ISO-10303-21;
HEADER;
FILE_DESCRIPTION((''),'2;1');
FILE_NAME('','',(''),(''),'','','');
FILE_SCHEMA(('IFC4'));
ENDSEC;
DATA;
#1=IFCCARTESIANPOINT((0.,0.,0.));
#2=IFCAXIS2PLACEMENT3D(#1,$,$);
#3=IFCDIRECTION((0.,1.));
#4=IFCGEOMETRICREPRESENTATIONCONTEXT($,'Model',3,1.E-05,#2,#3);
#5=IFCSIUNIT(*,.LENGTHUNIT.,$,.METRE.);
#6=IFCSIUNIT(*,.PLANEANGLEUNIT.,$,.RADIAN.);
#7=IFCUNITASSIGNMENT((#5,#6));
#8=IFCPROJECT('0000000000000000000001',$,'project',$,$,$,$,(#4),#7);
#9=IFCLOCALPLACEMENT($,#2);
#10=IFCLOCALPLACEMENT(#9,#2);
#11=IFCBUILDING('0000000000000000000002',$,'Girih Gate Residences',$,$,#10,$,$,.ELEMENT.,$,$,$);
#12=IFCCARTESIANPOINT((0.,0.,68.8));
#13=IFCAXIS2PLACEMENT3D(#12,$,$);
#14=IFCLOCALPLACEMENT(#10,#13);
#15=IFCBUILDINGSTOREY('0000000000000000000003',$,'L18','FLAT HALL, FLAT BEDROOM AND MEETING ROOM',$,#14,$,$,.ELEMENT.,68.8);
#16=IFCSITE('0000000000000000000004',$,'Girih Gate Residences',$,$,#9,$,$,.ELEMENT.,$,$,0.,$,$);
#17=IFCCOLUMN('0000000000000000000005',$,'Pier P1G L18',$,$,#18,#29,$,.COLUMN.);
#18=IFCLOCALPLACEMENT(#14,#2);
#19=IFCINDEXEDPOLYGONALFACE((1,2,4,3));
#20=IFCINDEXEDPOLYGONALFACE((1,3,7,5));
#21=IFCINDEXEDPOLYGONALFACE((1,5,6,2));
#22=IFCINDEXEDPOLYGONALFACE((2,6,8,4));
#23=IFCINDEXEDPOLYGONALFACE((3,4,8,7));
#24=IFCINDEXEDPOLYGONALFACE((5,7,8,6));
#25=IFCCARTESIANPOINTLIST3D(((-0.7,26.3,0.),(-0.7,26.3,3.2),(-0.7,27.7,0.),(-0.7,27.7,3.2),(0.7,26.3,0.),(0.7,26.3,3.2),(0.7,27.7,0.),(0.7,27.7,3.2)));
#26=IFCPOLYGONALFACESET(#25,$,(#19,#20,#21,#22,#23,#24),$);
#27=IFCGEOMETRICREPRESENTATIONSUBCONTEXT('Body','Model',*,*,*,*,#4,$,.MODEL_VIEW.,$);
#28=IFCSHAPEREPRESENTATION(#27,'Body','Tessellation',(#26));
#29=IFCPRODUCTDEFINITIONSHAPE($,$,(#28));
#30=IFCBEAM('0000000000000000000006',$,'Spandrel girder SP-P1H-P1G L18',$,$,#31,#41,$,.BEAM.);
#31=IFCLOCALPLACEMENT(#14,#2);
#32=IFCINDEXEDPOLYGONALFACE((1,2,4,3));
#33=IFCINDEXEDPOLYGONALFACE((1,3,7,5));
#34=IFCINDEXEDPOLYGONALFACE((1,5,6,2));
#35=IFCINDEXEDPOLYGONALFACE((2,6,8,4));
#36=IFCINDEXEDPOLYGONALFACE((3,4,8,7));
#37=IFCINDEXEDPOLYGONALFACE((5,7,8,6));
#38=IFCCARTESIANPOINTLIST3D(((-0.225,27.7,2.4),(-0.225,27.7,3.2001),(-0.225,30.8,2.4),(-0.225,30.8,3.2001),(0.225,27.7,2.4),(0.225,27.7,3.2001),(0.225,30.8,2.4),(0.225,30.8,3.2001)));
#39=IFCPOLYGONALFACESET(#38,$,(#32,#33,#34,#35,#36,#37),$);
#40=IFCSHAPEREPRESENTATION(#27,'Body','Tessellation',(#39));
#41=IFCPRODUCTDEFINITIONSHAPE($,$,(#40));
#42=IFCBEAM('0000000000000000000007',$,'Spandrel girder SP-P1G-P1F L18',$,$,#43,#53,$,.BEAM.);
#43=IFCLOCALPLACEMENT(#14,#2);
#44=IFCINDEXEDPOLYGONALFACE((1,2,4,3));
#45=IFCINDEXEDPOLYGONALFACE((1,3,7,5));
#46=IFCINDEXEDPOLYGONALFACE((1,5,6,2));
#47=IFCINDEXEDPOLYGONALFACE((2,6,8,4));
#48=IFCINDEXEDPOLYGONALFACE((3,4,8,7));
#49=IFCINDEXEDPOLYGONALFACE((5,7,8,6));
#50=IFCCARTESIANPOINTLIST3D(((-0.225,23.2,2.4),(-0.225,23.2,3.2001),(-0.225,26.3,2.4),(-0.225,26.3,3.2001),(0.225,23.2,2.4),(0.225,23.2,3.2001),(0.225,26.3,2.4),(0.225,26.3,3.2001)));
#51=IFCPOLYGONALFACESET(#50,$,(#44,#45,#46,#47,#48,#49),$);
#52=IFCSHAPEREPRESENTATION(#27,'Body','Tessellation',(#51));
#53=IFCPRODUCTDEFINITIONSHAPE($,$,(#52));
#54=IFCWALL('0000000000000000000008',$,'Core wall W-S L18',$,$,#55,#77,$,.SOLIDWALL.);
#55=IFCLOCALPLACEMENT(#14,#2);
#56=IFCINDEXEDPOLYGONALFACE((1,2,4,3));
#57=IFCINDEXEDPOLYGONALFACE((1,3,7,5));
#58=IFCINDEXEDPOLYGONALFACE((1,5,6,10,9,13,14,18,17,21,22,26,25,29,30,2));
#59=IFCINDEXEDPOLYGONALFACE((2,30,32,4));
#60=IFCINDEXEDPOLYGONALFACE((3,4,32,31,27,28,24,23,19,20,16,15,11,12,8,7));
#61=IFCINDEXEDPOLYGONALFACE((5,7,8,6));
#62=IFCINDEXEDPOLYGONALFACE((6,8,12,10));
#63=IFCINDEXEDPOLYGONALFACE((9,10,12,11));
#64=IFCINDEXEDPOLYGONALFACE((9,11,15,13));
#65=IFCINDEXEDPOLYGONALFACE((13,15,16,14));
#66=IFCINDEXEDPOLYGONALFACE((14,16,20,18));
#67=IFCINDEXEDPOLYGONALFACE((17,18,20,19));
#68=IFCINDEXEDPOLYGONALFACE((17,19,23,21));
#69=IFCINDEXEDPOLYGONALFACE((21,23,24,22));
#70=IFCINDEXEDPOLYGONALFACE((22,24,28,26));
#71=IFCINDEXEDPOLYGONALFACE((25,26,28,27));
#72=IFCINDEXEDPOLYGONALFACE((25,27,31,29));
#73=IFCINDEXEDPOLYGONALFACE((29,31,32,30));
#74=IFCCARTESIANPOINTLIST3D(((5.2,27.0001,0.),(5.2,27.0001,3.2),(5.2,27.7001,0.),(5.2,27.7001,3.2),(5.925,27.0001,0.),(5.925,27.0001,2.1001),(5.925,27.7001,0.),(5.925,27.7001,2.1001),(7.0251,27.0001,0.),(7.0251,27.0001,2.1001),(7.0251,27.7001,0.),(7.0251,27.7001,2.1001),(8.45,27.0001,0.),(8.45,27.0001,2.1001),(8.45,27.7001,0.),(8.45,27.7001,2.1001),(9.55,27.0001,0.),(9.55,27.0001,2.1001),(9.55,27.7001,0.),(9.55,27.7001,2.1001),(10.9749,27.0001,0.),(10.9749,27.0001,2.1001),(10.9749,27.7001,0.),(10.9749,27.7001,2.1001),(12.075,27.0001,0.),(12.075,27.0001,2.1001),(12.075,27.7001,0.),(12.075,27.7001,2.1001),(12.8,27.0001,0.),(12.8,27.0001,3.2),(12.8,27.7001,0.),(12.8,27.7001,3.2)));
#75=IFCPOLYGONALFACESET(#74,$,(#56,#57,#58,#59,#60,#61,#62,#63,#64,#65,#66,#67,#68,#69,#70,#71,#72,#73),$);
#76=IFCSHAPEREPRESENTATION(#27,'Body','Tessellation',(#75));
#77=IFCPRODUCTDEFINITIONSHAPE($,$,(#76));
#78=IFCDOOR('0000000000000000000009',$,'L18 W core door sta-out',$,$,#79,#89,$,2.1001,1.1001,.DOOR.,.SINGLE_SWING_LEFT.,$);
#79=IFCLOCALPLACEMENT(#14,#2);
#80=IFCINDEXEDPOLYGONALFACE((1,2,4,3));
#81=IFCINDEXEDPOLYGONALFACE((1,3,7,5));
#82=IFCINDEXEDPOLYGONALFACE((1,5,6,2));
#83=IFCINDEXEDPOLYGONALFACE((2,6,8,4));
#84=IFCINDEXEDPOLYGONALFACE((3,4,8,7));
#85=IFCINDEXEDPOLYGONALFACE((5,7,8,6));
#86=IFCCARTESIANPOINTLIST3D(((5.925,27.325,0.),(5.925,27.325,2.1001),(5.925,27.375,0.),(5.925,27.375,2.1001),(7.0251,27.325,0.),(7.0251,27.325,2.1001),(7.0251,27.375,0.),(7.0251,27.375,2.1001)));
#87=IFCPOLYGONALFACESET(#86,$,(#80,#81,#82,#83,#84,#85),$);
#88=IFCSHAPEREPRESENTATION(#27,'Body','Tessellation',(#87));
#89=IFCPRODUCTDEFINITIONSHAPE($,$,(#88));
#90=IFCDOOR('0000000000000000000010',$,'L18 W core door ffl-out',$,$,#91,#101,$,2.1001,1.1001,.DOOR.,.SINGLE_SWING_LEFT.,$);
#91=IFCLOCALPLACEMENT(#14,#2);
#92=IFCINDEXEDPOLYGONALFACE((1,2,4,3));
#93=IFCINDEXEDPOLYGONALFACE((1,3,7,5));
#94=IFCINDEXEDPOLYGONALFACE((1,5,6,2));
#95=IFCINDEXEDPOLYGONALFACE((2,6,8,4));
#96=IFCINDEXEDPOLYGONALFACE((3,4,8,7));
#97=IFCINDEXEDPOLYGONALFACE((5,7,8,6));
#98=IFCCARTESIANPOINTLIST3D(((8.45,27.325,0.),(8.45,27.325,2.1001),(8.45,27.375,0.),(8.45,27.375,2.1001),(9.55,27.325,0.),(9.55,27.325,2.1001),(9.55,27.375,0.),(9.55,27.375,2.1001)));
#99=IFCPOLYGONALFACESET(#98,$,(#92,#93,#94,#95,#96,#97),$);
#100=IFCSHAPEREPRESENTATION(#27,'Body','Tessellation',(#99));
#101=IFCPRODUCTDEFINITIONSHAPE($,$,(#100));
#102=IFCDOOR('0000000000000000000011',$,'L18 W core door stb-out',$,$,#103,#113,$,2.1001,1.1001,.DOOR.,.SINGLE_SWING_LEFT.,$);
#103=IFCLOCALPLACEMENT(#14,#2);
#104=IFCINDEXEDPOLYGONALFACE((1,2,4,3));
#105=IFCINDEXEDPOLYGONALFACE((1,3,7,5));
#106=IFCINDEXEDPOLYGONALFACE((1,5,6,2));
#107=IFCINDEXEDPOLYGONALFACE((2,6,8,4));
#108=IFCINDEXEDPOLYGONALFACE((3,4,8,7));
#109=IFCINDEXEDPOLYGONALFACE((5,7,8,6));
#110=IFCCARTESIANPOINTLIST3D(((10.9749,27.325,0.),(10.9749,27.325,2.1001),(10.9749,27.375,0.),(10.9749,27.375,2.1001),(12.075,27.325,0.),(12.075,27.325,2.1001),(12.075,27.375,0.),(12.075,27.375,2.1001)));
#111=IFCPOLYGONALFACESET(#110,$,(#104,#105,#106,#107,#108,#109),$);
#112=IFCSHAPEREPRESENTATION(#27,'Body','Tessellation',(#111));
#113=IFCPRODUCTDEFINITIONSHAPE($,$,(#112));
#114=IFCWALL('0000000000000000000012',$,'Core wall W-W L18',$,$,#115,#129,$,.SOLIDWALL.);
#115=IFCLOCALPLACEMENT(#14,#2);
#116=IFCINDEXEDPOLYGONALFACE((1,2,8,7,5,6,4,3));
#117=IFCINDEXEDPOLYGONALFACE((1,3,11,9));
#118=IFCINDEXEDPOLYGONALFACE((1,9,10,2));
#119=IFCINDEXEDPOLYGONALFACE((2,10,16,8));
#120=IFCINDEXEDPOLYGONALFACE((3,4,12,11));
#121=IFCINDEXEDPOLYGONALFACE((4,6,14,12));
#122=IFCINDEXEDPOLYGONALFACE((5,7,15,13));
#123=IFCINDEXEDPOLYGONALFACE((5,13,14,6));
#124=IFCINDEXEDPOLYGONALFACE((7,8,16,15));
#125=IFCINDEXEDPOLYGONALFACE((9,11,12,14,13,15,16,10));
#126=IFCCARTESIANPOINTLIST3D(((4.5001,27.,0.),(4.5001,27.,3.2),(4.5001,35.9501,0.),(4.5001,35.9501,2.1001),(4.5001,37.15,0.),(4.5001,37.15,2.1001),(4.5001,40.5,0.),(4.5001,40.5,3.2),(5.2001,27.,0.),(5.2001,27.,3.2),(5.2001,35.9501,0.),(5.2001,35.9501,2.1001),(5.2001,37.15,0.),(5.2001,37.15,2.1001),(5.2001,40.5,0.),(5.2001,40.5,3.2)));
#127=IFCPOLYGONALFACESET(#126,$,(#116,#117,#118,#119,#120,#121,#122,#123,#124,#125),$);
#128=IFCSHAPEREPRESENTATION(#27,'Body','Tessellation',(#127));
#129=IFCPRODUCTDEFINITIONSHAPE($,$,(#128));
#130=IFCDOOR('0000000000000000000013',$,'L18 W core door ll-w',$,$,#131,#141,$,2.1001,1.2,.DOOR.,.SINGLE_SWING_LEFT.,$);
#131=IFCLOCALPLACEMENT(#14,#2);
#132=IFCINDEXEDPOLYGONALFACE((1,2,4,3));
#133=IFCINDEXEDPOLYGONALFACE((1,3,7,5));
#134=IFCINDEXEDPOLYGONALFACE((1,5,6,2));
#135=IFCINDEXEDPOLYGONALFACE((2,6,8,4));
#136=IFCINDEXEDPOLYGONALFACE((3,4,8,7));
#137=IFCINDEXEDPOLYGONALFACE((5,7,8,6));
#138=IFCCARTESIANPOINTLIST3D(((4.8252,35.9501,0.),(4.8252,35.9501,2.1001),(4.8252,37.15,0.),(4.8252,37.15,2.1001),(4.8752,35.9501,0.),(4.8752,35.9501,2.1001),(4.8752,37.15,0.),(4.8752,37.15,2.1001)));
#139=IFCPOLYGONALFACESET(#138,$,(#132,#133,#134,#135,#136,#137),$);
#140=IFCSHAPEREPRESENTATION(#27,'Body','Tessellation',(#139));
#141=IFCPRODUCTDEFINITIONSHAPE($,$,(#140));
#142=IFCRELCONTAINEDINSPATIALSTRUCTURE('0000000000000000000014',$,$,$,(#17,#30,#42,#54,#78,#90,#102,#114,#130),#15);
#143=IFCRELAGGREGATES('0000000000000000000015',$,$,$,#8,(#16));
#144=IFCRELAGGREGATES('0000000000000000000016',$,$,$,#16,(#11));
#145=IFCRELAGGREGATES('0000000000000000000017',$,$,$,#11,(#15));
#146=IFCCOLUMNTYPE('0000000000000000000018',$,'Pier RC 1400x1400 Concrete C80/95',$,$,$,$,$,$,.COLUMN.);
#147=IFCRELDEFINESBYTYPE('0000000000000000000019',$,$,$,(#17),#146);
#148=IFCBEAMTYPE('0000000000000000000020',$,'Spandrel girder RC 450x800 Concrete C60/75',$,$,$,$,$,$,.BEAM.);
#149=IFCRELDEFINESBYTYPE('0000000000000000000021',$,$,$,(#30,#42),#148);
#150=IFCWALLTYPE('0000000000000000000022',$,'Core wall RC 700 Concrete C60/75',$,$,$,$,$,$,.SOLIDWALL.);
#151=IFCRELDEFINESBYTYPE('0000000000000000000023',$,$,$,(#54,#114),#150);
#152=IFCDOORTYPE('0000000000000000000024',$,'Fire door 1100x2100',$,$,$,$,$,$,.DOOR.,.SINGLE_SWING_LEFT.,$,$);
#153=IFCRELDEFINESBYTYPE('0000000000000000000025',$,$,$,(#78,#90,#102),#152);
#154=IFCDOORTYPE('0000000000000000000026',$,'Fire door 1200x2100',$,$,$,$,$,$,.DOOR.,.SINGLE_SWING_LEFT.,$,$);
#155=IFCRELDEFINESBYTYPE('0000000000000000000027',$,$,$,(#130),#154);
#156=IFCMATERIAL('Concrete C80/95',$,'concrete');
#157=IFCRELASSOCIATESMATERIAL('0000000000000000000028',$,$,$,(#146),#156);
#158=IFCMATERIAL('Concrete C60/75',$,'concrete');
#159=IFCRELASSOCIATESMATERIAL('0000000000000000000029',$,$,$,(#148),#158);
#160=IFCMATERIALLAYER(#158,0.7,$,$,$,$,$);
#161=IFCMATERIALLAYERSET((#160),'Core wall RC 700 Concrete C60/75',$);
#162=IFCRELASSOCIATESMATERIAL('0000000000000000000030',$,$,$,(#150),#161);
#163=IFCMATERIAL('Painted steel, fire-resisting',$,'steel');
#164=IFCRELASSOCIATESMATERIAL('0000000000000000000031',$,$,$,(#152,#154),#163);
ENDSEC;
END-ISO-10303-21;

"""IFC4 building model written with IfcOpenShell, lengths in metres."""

from ifc_helpers import new_model, si_unit, direction, frame, frame_2d, origin, origin_2d, place, context, subcontext, project, spatial, rectangle, extrude, material, layer, layer_set, material_profile, profile_set, type_object, element, fill, save


model = new_model("IFC4")

# Units and contexts
model_context = context("Model", 3, precision=1e-05, world=origin(), true_north=direction((0.0, 1.0)))
body_context = subcontext(model_context, "Body", "Model", "MODEL_VIEW")
ifc_project = project(units=[si_unit("LENGTHUNIT", "METRE"), si_unit("PLANEANGLEUNIT", "RADIAN")], contexts=[model_context])

# Site, building, storey
site_placement = place(None, origin())
site = spatial("IfcSite", under=ifc_project, at=site_placement, Name="Girih Gate Residences", CompositionType="ELEMENT", RefElevation=0.0)
building_placement = place(site_placement, origin())
building = spatial("IfcBuilding", under=site, at=building_placement, Name="Girih Gate Residences", CompositionType="ELEMENT")
storey_placement = place(building_placement, frame((0.0, 0.0, 68.8)))
storey = spatial("IfcBuildingStorey", under=building, at=storey_placement, Name="L18", Description="FLAT HALL, FLAT BEDROOM AND MEETING ROOM", CompositionType="ELEMENT", Elevation=68.8)

# Column
ifc_material_1 = material(Name="Concrete C80/95", Category="concrete")
ifc_material_profile_1 = material_profile(ifc_material_1, rectangle(XDim=1.3999, YDim=1.3999, at=origin_2d()))
ifc_profile_set_1 = profile_set([ifc_material_profile_1], Name="Concrete C80/95")
column_type = type_object("IfcColumnType", Name="Pier RC 1400x1400 Concrete C80/95", PredefinedType="COLUMN", material=ifc_profile_set_1)
column_placement = place(storey_placement, frame((0.0, 27.0, 0.0), z_axis=(0.0, 0.0, 1.0), x_axis=(1.0, 0.0, 0.0)))
element("IfcColumn", 1, at=column_placement, inside=storey, type_object=column_type, Name="Pier P1G L18", PredefinedType="COLUMN", context=body_context, shape_type="SweptSolid", body=[
    extrude(rectangle(XDim=1.3999, YDim=1.3999, at=origin_2d()), origin(), (0.0, 0.0, 1.0), 3.2),
])

# Beams
ifc_material_2 = material(Name="Concrete C60/75", Category="concrete")
ifc_material_profile_2 = material_profile(ifc_material_2, rectangle(XDim=0.45, YDim=0.8, at=origin_2d()))
ifc_profile_set_2 = profile_set([ifc_material_profile_2], Name="Concrete C60/75")
beam_type = type_object("IfcBeamType", Name="Spandrel girder RC 450x800 Concrete C60/75", PredefinedType="BEAM", material=ifc_profile_set_2)
for number, where, z_axis, x_axis, name in (
    (2, (0.0, 30.8, 2.8), (0.0, -1.0, 0.0), (1.0, 0.0, 0.0), "Spandrel girder SP-P1H-P1G L18"),
    (3, (0.0, 26.3, 2.8), (0.0, -1.0, 0.0), (1.0, 0.0, 0.0), "Spandrel girder SP-P1G-P1F L18"),
):
    element("IfcBeam", number, at=place(storey_placement, frame(where, z_axis=z_axis, x_axis=x_axis)), inside=storey, type_object=beam_type, Name=name, PredefinedType="BEAM", context=body_context, shape_type="SweptSolid", body=[
        extrude(rectangle(XDim=0.45, YDim=0.8, at=origin_2d()), origin(), (0.0, 0.0, 1.0), 3.1001),
    ])

# Wall, openings, doors
ifc_layer_1 = layer(ifc_material_2, 0.7)
ifc_layer_set_1 = layer_set([ifc_layer_1], Name="Core wall RC 700 Concrete C60/75")
wall_type_1 = type_object("IfcWallType", Name="Core wall RC 700 Concrete C60/75", PredefinedType="SOLIDWALL", material=ifc_layer_set_1)
wall_1_placement = place(storey_placement, frame((5.2, 27.3501, 0.0), z_axis=(0.0, 0.0, 1.0), x_axis=(1.0, 0.0, 0.0)))
wall_1 = element("IfcWall", 4, at=wall_1_placement, inside=storey, type_object=wall_type_1, Name="Core wall W-S L18", PredefinedType="SOLIDWALL", context=body_context, shape_type="SweptSolid", body=[
    extrude(rectangle(XDim=7.6001, YDim=0.7, at=frame_2d((3.8, 0.0))), origin(), (0.0, 0.0, 1.0), 3.2),
])
opening_1_placement = place(wall_1_placement, frame((0.7251, 0.0, 0.0)))
opening_1 = element("IfcOpeningElement", 5, at=opening_1_placement, cuts=wall_1, PredefinedType="OPENING", context=body_context, shape_type="SweptSolid", body=[
    extrude(rectangle(XDim=1.1001, YDim=2.1001, at=frame_2d((0.55, 1.05))), frame((0.0, 0.3599, 0.0), z_axis=(0.0, -1.0, 0.0), x_axis=(1.0, 0.0, 0.0)), (0.0, 0.0, 1.0), 0.72),
])
opening_2_placement = place(wall_1_placement, frame((3.25, 0.0, 0.0)))
opening_2 = element("IfcOpeningElement", 6, at=opening_2_placement, cuts=wall_1, PredefinedType="OPENING", context=body_context, shape_type="SweptSolid", body=[
    extrude(rectangle(XDim=1.1001, YDim=2.1001, at=frame_2d((0.55, 1.05))), frame((0.0, 0.3599, 0.0), z_axis=(0.0, -1.0, 0.0), x_axis=(1.0, 0.0, 0.0)), (0.0, 0.0, 1.0), 0.72),
])
opening_3_placement = place(wall_1_placement, frame((5.7749, 0.0, 0.0)))
opening_3 = element("IfcOpeningElement", 7, at=opening_3_placement, cuts=wall_1, PredefinedType="OPENING", context=body_context, shape_type="SweptSolid", body=[
    extrude(rectangle(XDim=1.1001, YDim=2.1001, at=frame_2d((0.55, 1.05))), frame((0.0, 0.3599, 0.0), z_axis=(0.0, -1.0, 0.0), x_axis=(1.0, 0.0, 0.0)), (0.0, 0.0, 1.0), 0.72),
])
ifc_material_3 = material(Name="Painted steel, fire-resisting", Category="steel")
door_type_1 = type_object("IfcDoorType", Name="Fire door 1100x2100", OperationType="SINGLE_SWING_LEFT", PredefinedType="DOOR", material=ifc_material_3)
door_1_placement = place(opening_1_placement, origin())
door_1 = element("IfcDoor", 8, at=door_1_placement, inside=storey, type_object=door_type_1, Name="L18 W core door sta-out", OperationType="SINGLE_SWING_LEFT", OverallHeight=2.1001, OverallWidth=1.1001, PredefinedType="DOOR", context=body_context, shape_type="SweptSolid", body=[
    extrude(rectangle(XDim=1.1001, YDim=2.1001, at=frame_2d((0.55, 1.05))), frame((0.0, 0.0249, 0.0), z_axis=(0.0, -1.0, 0.0), x_axis=(1.0, 0.0, 0.0)), (0.0, 0.0, 1.0), 0.05),
])
fill(opening_1, door_1)
door_2_placement = place(opening_2_placement, origin())
door_2 = element("IfcDoor", 9, at=door_2_placement, inside=storey, type_object=door_type_1, Name="L18 W core door ffl-out", OperationType="SINGLE_SWING_LEFT", OverallHeight=2.1001, OverallWidth=1.1001, PredefinedType="DOOR", context=body_context, shape_type="SweptSolid", body=[
    extrude(rectangle(XDim=1.1001, YDim=2.1001, at=frame_2d((0.55, 1.05))), frame((0.0, 0.0249, 0.0), z_axis=(0.0, -1.0, 0.0), x_axis=(1.0, 0.0, 0.0)), (0.0, 0.0, 1.0), 0.05),
])
fill(opening_2, door_2)
door_3_placement = place(opening_3_placement, origin())
door_3 = element("IfcDoor", 10, at=door_3_placement, inside=storey, type_object=door_type_1, Name="L18 W core door stb-out", OperationType="SINGLE_SWING_LEFT", OverallHeight=2.1001, OverallWidth=1.1001, PredefinedType="DOOR", context=body_context, shape_type="SweptSolid", body=[
    extrude(rectangle(XDim=1.1001, YDim=2.1001, at=frame_2d((0.55, 1.05))), frame((0.0, 0.0249, 0.0), z_axis=(0.0, -1.0, 0.0), x_axis=(1.0, 0.0, 0.0)), (0.0, 0.0, 1.0), 0.05),
])
fill(opening_3, door_3)

# Wall, opening, door
wall_2_placement = place(storey_placement, frame((4.8501, 27.0, 0.0), z_axis=(0.0, 0.0, 1.0), x_axis=(0.0, 1.0, 0.0)))
wall_2 = element("IfcWall", 11, at=wall_2_placement, inside=storey, type_object=wall_type_1, Name="Core wall W-W L18", PredefinedType="SOLIDWALL", context=body_context, shape_type="SweptSolid", body=[
    extrude(rectangle(XDim=13.5, YDim=0.7, at=frame_2d((6.75, 0.0))), origin(), (0.0, 0.0, 1.0), 3.2),
])
opening_4_placement = place(wall_2_placement, frame((8.95, 0.0, 0.0)))
opening_4 = element("IfcOpeningElement", 12, at=opening_4_placement, cuts=wall_2, PredefinedType="OPENING", context=body_context, shape_type="SweptSolid", body=[
    extrude(rectangle(XDim=1.2, YDim=2.1001, at=frame_2d((0.6001, 1.05))), frame((0.0, 0.3599, 0.0), z_axis=(0.0, -1.0, 0.0), x_axis=(1.0, 0.0, 0.0)), (0.0, 0.0, 1.0), 0.72),
])
door_type_2 = type_object("IfcDoorType", Name="Fire door 1200x2100", OperationType="SINGLE_SWING_LEFT", PredefinedType="DOOR", material=ifc_material_3)
door_4_placement = place(opening_4_placement, origin())
door_4 = element("IfcDoor", 13, at=door_4_placement, inside=storey, type_object=door_type_2, Name="L18 W core door ll-w", OperationType="SINGLE_SWING_LEFT", OverallHeight=2.1001, OverallWidth=1.2, PredefinedType="DOOR", context=body_context, shape_type="SweptSolid", body=[
    extrude(rectangle(XDim=1.2, YDim=2.1001, at=frame_2d((0.6001, 1.05))), frame((0.0, 0.0249, 0.0), z_axis=(0.0, -1.0, 0.0), x_axis=(1.0, 0.0, 0.0)), (0.0, 0.0, 1.0), 0.05),
])
fill(opening_4, door_4)

save(model, "model.ifc")
